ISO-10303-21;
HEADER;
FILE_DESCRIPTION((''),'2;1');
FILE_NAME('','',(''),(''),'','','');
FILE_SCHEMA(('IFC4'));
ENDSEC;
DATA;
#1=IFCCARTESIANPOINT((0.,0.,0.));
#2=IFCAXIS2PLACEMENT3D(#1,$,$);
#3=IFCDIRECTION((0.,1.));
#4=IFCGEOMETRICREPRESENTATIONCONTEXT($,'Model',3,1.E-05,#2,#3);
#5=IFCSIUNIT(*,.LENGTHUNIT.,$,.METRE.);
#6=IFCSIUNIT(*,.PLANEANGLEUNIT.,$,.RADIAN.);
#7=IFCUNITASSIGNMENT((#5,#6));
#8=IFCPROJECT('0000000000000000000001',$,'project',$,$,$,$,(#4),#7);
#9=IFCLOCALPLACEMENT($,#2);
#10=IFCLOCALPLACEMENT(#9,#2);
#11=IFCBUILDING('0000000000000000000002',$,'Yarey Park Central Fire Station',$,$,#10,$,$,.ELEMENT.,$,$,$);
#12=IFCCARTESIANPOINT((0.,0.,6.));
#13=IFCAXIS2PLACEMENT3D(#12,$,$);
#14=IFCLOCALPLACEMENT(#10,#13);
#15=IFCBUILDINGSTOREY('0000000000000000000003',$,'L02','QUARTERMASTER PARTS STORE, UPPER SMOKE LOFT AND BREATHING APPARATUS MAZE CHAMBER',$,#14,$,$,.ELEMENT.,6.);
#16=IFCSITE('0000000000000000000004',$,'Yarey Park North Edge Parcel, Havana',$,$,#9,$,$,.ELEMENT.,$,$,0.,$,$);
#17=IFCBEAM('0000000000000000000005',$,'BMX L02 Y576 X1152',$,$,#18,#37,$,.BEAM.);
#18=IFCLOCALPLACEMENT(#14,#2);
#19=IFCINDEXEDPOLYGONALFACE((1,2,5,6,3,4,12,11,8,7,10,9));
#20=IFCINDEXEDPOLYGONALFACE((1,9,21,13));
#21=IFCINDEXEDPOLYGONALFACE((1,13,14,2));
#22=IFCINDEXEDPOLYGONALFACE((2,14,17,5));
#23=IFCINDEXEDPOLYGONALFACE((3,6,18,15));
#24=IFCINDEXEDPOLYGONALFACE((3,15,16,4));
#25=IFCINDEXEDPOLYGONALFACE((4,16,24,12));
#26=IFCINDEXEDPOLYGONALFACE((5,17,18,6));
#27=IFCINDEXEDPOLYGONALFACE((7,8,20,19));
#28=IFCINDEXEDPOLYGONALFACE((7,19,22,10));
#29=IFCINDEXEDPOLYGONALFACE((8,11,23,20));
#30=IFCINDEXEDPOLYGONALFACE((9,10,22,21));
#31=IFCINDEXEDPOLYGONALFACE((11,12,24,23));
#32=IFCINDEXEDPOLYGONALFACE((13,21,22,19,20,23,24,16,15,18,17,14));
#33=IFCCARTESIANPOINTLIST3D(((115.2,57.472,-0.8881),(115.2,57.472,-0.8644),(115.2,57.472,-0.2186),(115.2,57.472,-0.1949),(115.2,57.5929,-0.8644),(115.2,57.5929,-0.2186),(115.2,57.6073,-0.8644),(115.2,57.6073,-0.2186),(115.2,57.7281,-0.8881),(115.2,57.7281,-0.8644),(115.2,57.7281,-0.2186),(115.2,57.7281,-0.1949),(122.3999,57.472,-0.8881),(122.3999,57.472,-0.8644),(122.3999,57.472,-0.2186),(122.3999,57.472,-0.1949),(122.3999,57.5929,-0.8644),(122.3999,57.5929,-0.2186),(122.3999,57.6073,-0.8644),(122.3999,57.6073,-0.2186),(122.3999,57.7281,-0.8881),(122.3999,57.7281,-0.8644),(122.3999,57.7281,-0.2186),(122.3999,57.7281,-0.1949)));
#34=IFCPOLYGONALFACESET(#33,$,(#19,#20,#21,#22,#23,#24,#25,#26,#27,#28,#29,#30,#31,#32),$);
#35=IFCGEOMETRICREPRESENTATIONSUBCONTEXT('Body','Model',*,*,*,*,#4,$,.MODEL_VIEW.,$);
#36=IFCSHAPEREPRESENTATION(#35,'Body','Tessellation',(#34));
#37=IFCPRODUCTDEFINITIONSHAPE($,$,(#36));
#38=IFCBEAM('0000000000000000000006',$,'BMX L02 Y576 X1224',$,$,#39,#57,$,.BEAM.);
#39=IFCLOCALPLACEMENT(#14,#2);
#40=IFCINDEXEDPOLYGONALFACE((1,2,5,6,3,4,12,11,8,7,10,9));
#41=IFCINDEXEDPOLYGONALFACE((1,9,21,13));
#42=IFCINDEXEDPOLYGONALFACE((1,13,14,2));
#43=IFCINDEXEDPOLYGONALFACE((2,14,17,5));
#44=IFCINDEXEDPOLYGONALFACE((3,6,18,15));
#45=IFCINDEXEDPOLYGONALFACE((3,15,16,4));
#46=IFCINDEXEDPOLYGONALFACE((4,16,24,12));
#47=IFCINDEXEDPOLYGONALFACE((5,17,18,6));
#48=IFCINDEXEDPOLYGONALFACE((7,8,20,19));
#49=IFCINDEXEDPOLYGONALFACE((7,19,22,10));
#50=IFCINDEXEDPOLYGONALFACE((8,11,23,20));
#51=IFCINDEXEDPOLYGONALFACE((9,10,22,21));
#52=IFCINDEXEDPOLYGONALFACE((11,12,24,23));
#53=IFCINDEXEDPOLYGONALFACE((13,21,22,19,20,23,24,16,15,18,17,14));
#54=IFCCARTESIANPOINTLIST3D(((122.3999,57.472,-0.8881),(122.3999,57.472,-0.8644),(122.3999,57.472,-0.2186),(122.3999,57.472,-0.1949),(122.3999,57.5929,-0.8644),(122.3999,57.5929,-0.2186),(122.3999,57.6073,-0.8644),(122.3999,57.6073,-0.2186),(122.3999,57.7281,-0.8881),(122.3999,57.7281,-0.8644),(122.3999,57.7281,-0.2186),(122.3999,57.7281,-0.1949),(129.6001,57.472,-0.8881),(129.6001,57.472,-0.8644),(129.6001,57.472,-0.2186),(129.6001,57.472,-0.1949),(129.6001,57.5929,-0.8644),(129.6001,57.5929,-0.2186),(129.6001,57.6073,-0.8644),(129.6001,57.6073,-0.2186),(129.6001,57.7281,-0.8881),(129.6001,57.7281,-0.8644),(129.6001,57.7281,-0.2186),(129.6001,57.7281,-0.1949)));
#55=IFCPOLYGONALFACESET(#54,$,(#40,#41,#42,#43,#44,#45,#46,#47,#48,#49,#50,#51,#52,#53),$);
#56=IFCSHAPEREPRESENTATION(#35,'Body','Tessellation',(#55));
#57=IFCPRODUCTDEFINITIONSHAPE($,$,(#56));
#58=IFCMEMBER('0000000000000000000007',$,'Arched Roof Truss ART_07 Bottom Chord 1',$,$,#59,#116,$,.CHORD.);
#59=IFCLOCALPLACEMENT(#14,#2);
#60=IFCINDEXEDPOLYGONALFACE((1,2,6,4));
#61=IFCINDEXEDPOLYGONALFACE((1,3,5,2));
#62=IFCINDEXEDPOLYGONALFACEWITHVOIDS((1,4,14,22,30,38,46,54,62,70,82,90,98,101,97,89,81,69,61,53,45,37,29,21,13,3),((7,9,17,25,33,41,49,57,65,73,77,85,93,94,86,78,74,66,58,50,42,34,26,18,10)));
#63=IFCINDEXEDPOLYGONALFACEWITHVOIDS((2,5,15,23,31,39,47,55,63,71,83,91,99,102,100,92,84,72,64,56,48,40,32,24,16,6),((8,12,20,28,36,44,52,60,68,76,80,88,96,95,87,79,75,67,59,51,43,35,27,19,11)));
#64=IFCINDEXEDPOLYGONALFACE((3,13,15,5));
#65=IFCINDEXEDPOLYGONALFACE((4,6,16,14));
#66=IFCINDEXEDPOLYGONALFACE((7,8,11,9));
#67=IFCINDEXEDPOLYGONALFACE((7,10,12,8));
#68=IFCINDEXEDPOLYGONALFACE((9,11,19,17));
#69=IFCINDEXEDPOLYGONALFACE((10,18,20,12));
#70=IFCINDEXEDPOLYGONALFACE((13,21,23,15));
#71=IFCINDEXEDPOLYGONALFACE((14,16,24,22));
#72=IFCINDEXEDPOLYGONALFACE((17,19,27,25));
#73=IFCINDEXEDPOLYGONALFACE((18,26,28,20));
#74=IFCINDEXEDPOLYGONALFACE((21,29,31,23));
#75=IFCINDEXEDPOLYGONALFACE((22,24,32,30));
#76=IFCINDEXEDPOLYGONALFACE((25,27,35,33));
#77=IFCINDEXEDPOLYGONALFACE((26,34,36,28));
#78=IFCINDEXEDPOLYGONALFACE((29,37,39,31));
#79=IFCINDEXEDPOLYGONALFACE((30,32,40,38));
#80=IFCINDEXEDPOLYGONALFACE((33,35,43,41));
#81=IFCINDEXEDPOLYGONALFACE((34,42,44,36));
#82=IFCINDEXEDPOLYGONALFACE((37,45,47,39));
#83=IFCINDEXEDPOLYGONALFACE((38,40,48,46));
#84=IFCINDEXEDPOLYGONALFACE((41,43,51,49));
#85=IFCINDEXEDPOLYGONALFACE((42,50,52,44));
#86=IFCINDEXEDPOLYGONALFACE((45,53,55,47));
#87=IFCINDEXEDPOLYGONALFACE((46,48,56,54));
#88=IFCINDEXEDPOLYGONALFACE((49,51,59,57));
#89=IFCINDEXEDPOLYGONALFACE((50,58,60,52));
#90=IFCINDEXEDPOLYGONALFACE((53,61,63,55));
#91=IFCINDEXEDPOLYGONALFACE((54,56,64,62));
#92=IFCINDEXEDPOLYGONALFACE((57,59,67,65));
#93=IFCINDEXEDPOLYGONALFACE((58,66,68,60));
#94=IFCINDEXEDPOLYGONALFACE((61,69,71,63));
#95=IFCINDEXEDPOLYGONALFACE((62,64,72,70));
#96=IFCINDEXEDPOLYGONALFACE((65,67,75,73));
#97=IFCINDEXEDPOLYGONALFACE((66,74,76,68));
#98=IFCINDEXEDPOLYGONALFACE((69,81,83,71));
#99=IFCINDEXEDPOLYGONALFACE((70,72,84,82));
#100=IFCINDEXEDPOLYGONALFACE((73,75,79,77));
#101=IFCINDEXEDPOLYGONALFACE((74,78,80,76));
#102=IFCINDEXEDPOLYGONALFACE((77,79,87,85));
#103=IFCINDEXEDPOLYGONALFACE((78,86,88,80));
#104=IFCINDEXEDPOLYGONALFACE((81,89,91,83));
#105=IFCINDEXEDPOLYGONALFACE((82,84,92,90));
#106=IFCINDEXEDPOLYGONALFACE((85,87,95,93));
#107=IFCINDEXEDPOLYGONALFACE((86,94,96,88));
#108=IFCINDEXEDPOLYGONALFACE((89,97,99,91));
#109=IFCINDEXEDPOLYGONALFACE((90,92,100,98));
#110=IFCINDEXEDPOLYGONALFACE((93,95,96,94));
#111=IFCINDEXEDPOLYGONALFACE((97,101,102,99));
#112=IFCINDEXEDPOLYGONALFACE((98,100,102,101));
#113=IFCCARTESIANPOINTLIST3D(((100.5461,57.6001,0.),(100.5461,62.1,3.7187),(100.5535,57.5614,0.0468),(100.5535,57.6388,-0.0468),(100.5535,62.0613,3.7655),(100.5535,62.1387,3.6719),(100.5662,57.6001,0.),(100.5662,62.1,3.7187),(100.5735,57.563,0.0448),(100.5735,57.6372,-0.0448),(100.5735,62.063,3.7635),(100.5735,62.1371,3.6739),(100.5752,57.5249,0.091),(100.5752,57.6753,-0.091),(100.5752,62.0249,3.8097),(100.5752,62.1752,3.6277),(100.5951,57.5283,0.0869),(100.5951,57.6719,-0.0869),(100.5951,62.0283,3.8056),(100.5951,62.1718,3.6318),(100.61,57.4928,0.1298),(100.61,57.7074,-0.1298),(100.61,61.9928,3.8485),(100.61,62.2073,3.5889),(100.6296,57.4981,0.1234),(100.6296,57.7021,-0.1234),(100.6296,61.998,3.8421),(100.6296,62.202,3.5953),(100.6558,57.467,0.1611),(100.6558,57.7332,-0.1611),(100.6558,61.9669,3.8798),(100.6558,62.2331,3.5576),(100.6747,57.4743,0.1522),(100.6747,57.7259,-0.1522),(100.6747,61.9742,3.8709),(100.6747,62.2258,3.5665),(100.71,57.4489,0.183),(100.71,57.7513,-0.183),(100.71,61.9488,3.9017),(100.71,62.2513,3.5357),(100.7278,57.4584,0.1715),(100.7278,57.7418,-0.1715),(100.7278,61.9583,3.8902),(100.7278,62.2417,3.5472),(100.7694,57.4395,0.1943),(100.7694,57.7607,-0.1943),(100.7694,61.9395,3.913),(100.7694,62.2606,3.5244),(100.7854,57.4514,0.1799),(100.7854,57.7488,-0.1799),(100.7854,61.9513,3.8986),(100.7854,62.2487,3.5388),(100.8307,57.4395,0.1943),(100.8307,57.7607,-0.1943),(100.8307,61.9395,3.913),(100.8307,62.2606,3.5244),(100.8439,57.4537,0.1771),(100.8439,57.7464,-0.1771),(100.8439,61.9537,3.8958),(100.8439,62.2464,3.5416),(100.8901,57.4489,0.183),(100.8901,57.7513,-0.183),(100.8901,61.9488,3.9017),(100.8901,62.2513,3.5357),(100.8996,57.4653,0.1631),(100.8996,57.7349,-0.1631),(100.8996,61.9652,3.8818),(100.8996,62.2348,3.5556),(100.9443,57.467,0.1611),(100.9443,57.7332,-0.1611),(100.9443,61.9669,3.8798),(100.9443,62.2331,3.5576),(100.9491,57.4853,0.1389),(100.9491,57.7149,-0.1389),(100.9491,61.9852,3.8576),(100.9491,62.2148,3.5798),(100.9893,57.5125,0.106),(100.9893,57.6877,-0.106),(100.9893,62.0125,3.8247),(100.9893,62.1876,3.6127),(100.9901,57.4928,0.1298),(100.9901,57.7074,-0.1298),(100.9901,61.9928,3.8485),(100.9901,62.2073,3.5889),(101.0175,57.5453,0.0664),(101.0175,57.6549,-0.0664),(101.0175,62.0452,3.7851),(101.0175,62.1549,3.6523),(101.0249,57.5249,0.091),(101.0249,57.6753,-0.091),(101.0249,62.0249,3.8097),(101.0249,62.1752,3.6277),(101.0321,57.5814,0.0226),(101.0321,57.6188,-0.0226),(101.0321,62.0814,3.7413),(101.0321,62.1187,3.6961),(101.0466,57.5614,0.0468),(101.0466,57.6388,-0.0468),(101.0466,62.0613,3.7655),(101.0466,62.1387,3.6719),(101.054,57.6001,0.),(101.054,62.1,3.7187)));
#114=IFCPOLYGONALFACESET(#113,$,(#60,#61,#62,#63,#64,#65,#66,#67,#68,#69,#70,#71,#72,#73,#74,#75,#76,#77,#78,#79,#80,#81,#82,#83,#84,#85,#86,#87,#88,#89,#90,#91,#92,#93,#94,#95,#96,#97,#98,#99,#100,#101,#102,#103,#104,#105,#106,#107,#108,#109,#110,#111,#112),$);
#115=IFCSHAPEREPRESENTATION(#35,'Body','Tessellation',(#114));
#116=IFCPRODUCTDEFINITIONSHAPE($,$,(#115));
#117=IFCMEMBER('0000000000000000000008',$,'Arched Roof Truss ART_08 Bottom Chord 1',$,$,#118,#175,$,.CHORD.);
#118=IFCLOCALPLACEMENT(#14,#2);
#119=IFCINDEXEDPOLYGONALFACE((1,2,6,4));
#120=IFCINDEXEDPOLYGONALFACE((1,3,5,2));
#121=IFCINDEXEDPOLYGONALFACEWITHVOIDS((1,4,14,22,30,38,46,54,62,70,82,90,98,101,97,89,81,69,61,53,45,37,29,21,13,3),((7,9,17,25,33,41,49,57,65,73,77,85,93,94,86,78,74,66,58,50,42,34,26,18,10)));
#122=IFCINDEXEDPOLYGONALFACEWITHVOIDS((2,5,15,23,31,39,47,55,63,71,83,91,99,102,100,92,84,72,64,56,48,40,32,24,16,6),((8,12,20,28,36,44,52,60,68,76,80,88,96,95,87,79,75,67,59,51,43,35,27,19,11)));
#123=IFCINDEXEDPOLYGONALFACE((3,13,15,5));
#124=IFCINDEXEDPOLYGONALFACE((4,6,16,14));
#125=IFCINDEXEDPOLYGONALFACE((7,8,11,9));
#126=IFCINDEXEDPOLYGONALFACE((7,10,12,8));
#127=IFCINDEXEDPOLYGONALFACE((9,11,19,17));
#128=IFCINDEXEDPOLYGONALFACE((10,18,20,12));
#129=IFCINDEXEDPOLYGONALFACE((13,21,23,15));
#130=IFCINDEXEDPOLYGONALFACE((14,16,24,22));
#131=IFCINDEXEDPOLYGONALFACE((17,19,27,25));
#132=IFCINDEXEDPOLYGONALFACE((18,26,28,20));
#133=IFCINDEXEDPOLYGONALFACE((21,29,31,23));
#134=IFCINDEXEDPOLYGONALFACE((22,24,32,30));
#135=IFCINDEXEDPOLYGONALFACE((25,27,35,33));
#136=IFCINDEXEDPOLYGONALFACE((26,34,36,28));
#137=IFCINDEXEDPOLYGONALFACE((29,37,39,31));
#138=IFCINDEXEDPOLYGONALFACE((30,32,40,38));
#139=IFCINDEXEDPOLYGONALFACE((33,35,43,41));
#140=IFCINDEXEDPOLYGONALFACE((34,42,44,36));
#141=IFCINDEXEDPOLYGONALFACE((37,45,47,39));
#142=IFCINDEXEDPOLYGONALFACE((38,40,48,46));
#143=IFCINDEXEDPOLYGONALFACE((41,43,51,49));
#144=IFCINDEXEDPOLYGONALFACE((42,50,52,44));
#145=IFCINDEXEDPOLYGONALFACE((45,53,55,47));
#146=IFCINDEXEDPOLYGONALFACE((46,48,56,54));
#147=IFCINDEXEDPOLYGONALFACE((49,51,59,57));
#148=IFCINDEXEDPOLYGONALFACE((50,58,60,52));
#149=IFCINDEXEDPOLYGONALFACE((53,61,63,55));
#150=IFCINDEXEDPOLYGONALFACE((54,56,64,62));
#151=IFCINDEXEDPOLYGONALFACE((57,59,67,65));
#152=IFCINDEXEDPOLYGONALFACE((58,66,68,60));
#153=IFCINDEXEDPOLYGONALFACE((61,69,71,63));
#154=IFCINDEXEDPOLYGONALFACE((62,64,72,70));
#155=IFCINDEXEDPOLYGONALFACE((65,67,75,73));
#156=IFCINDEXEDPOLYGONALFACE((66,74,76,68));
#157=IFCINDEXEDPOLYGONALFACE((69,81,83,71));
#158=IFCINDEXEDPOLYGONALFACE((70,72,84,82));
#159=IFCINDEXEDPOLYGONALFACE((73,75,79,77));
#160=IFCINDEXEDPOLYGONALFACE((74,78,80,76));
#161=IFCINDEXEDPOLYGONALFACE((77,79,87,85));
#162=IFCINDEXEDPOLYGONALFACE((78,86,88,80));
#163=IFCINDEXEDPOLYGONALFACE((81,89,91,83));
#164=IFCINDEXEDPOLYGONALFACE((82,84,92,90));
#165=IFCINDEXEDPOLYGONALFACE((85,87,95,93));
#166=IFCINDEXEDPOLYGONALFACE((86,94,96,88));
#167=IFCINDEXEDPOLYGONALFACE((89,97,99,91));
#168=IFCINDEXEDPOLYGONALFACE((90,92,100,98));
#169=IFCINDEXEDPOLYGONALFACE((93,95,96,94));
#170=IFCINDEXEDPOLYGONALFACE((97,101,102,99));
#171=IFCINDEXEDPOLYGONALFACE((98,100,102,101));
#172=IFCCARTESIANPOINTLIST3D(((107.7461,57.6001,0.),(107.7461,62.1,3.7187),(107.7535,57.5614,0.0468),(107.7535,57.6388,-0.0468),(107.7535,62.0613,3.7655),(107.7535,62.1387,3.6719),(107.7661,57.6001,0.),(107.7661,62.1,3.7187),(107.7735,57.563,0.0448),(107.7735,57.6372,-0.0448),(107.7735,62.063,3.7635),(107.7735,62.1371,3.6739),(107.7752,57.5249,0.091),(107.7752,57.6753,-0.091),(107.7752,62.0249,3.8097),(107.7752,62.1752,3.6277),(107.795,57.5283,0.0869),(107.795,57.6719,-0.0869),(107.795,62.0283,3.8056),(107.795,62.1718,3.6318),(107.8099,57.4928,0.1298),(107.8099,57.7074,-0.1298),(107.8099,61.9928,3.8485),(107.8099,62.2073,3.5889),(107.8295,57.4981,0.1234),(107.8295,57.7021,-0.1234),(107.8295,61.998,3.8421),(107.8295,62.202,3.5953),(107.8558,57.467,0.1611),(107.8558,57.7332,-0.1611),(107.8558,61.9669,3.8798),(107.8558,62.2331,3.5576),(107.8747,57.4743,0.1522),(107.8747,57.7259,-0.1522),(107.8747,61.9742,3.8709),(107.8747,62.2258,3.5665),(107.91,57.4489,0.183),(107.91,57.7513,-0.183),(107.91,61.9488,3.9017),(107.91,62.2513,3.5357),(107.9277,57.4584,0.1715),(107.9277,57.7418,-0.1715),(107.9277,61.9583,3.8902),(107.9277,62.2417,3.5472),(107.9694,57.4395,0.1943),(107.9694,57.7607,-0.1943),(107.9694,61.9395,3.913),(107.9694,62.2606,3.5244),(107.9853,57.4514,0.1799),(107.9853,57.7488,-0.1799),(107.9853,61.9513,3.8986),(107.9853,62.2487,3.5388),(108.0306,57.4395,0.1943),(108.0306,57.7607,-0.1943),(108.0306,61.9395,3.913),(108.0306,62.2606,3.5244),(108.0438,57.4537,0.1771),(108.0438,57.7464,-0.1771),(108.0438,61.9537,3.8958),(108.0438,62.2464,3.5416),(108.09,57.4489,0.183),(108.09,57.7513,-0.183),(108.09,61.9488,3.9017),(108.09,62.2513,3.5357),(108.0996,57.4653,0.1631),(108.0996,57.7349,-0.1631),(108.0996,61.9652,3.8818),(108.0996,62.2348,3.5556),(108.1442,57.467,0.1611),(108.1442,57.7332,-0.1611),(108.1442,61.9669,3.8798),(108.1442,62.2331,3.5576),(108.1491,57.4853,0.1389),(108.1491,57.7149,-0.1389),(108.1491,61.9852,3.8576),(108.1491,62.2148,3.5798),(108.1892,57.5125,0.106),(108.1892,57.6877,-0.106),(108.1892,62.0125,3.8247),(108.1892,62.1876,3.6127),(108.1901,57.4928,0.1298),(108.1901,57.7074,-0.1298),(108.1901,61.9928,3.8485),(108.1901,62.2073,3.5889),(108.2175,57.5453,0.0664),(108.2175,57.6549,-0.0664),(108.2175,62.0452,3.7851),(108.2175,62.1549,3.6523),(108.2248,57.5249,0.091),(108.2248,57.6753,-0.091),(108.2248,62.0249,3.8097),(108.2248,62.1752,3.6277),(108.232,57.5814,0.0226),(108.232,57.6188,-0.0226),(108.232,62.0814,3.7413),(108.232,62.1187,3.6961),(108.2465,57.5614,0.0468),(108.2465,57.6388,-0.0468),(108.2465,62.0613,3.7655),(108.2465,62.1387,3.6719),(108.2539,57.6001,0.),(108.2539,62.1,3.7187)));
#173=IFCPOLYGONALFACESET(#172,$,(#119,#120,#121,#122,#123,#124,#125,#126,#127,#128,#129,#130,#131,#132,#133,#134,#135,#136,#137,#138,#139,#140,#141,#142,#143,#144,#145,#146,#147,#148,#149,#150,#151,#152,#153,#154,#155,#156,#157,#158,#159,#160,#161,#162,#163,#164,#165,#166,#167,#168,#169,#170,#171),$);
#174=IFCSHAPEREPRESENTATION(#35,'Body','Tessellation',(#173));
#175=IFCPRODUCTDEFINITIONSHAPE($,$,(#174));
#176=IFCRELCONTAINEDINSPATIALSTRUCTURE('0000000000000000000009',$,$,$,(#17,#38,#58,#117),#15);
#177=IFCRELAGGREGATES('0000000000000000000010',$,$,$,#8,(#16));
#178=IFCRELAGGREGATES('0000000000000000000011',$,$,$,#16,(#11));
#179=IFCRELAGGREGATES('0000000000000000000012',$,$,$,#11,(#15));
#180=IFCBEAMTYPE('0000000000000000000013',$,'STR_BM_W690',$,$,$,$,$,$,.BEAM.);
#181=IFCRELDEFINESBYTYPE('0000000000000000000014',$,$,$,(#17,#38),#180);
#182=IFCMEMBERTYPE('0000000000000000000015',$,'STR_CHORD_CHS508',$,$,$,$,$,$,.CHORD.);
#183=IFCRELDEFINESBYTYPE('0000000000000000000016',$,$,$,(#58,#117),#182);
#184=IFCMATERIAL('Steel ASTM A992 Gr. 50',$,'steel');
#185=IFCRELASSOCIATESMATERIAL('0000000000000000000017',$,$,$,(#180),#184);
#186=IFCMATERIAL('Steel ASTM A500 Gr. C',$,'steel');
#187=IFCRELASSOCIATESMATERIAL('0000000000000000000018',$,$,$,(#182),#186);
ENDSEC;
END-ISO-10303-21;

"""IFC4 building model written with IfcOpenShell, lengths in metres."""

from ifc_helpers import new_model, si_unit, direction, frame, origin, origin_2d, place, context, subcontext, project, spatial, hollow_circle, i_section, extrude, material, material_profile, profile_set, type_object, element, save


model = new_model("IFC4")

# Units and contexts
model_context = context("Model", 3, precision=1e-05, world=origin(), true_north=direction((0.0, 1.0)))
body_context = subcontext(model_context, "Body", "Model", "MODEL_VIEW")
ifc_project = project(units=[si_unit("LENGTHUNIT", "METRE"), si_unit("PLANEANGLEUNIT", "RADIAN")], contexts=[model_context])

# Site, building, storey
site_placement = place(None, origin())
site = spatial("IfcSite", under=ifc_project, at=site_placement, Name="Yarey Park North Edge Parcel, Havana", CompositionType="ELEMENT", RefElevation=0.0)
building_placement = place(site_placement, origin())
building = spatial("IfcBuilding", under=site, at=building_placement, Name="Yarey Park Central Fire Station", CompositionType="ELEMENT")
storey_placement = place(building_placement, frame((0.0, 0.0, 6.0)))
storey = spatial("IfcBuildingStorey", under=building, at=storey_placement, Name="L02", Description="QUARTERMASTER PARTS STORE, UPPER SMOKE LOFT AND BREATHING APPARATUS MAZE CHAMBER", CompositionType="ELEMENT", Elevation=6.0)

# Shared definitions
ifc_material_1 = material(Name="Steel ASTM A992 Gr. 50", Category="steel")

# Beams
ifc_material_profile_1 = material_profile(ifc_material_1, i_section(OverallWidth=0.2561, OverallDepth=0.6931, WebThickness=0.0144, FlangeThickness=0.0237, at=origin_2d()), Name="W690x170")
ifc_profile_set_1 = profile_set([ifc_material_profile_1], Name="Steel ASTM A992 Gr. 50")
beam_type_1 = type_object("IfcBeamType", Name="STR_BM_W690", PredefinedType="BEAM", material=ifc_profile_set_1)
for number, where, z_axis, x_axis, name in (
    (1, (115.2, 57.6001, -0.5415), (1.0, 0.0, 0.0), (0.0, 1.0, 0.0), "BMX L02 Y576 X1152"),
):
    element("IfcBeam", number, at=place(storey_placement, frame(where, z_axis=z_axis, x_axis=x_axis)), inside=storey, type_object=beam_type_1, Name=name, PredefinedType="BEAM", context=body_context, shape_type="SweptSolid", body=[
        extrude(i_section(OverallWidth=0.2561, OverallDepth=0.6931, WebThickness=0.0144, FlangeThickness=0.0237, at=origin_2d()), origin(), (0.0, 0.0, 1.0), 7.2),
    ])
beam_placement = place(storey_placement, frame((122.3999, 57.6001, -0.5415), z_axis=(1.0, 0.0, 0.0), x_axis=(0.0, 1.0, 0.0)))
element("IfcBeam", 2, at=beam_placement, inside=storey, type_object=beam_type_1, Name="BMX L02 Y576 X1224", PredefinedType="BEAM", context=body_context, shape_type="SweptSolid", body=[
    extrude(i_section(OverallWidth=0.2561, OverallDepth=0.6931, WebThickness=0.0144, FlangeThickness=0.0237, at=origin_2d()), origin(), (0.0, 0.0, 1.0), 7.2002),
])

# Members
ifc_material_2 = material(Name="Steel ASTM A500 Gr. C", Category="steel")
ifc_material_profile_2 = material_profile(ifc_material_2, hollow_circle(Radius=0.2539, WallThickness=0.02, at=origin_2d()), Name="CHS 508x20")
ifc_profile_set_2 = profile_set([ifc_material_profile_2], Name="Steel ASTM A500 Gr. C")
member_type_1 = type_object("IfcMemberType", Name="STR_CHORD_CHS508", PredefinedType="CHORD", material=ifc_profile_set_2)
for number, where, z_axis, x_axis, name in (
    (3, (100.8, 57.6001, 0.0), (0.0, 0.770847, 0.63702), (-1.0, 0.0, 0.0), "Arched Roof Truss ART_07 Bottom Chord 1"),
    (4, (108.0, 57.6001, 0.0), (0.0, 0.770847, 0.63702), (-1.0, 0.0, 0.0), "Arched Roof Truss ART_08 Bottom Chord 1"),
):
    element("IfcMember", number, at=place(storey_placement, frame(where, z_axis=z_axis, x_axis=x_axis)), inside=storey, type_object=member_type_1, Name=name, PredefinedType="CHORD", context=body_context, shape_type="SweptSolid", body=[
        extrude(hollow_circle(Radius=0.2539, WallThickness=0.02, at=origin_2d()), origin(), (0.0, 0.0, 1.0), 5.8376),
    ])

save(model, "model.ifc")
